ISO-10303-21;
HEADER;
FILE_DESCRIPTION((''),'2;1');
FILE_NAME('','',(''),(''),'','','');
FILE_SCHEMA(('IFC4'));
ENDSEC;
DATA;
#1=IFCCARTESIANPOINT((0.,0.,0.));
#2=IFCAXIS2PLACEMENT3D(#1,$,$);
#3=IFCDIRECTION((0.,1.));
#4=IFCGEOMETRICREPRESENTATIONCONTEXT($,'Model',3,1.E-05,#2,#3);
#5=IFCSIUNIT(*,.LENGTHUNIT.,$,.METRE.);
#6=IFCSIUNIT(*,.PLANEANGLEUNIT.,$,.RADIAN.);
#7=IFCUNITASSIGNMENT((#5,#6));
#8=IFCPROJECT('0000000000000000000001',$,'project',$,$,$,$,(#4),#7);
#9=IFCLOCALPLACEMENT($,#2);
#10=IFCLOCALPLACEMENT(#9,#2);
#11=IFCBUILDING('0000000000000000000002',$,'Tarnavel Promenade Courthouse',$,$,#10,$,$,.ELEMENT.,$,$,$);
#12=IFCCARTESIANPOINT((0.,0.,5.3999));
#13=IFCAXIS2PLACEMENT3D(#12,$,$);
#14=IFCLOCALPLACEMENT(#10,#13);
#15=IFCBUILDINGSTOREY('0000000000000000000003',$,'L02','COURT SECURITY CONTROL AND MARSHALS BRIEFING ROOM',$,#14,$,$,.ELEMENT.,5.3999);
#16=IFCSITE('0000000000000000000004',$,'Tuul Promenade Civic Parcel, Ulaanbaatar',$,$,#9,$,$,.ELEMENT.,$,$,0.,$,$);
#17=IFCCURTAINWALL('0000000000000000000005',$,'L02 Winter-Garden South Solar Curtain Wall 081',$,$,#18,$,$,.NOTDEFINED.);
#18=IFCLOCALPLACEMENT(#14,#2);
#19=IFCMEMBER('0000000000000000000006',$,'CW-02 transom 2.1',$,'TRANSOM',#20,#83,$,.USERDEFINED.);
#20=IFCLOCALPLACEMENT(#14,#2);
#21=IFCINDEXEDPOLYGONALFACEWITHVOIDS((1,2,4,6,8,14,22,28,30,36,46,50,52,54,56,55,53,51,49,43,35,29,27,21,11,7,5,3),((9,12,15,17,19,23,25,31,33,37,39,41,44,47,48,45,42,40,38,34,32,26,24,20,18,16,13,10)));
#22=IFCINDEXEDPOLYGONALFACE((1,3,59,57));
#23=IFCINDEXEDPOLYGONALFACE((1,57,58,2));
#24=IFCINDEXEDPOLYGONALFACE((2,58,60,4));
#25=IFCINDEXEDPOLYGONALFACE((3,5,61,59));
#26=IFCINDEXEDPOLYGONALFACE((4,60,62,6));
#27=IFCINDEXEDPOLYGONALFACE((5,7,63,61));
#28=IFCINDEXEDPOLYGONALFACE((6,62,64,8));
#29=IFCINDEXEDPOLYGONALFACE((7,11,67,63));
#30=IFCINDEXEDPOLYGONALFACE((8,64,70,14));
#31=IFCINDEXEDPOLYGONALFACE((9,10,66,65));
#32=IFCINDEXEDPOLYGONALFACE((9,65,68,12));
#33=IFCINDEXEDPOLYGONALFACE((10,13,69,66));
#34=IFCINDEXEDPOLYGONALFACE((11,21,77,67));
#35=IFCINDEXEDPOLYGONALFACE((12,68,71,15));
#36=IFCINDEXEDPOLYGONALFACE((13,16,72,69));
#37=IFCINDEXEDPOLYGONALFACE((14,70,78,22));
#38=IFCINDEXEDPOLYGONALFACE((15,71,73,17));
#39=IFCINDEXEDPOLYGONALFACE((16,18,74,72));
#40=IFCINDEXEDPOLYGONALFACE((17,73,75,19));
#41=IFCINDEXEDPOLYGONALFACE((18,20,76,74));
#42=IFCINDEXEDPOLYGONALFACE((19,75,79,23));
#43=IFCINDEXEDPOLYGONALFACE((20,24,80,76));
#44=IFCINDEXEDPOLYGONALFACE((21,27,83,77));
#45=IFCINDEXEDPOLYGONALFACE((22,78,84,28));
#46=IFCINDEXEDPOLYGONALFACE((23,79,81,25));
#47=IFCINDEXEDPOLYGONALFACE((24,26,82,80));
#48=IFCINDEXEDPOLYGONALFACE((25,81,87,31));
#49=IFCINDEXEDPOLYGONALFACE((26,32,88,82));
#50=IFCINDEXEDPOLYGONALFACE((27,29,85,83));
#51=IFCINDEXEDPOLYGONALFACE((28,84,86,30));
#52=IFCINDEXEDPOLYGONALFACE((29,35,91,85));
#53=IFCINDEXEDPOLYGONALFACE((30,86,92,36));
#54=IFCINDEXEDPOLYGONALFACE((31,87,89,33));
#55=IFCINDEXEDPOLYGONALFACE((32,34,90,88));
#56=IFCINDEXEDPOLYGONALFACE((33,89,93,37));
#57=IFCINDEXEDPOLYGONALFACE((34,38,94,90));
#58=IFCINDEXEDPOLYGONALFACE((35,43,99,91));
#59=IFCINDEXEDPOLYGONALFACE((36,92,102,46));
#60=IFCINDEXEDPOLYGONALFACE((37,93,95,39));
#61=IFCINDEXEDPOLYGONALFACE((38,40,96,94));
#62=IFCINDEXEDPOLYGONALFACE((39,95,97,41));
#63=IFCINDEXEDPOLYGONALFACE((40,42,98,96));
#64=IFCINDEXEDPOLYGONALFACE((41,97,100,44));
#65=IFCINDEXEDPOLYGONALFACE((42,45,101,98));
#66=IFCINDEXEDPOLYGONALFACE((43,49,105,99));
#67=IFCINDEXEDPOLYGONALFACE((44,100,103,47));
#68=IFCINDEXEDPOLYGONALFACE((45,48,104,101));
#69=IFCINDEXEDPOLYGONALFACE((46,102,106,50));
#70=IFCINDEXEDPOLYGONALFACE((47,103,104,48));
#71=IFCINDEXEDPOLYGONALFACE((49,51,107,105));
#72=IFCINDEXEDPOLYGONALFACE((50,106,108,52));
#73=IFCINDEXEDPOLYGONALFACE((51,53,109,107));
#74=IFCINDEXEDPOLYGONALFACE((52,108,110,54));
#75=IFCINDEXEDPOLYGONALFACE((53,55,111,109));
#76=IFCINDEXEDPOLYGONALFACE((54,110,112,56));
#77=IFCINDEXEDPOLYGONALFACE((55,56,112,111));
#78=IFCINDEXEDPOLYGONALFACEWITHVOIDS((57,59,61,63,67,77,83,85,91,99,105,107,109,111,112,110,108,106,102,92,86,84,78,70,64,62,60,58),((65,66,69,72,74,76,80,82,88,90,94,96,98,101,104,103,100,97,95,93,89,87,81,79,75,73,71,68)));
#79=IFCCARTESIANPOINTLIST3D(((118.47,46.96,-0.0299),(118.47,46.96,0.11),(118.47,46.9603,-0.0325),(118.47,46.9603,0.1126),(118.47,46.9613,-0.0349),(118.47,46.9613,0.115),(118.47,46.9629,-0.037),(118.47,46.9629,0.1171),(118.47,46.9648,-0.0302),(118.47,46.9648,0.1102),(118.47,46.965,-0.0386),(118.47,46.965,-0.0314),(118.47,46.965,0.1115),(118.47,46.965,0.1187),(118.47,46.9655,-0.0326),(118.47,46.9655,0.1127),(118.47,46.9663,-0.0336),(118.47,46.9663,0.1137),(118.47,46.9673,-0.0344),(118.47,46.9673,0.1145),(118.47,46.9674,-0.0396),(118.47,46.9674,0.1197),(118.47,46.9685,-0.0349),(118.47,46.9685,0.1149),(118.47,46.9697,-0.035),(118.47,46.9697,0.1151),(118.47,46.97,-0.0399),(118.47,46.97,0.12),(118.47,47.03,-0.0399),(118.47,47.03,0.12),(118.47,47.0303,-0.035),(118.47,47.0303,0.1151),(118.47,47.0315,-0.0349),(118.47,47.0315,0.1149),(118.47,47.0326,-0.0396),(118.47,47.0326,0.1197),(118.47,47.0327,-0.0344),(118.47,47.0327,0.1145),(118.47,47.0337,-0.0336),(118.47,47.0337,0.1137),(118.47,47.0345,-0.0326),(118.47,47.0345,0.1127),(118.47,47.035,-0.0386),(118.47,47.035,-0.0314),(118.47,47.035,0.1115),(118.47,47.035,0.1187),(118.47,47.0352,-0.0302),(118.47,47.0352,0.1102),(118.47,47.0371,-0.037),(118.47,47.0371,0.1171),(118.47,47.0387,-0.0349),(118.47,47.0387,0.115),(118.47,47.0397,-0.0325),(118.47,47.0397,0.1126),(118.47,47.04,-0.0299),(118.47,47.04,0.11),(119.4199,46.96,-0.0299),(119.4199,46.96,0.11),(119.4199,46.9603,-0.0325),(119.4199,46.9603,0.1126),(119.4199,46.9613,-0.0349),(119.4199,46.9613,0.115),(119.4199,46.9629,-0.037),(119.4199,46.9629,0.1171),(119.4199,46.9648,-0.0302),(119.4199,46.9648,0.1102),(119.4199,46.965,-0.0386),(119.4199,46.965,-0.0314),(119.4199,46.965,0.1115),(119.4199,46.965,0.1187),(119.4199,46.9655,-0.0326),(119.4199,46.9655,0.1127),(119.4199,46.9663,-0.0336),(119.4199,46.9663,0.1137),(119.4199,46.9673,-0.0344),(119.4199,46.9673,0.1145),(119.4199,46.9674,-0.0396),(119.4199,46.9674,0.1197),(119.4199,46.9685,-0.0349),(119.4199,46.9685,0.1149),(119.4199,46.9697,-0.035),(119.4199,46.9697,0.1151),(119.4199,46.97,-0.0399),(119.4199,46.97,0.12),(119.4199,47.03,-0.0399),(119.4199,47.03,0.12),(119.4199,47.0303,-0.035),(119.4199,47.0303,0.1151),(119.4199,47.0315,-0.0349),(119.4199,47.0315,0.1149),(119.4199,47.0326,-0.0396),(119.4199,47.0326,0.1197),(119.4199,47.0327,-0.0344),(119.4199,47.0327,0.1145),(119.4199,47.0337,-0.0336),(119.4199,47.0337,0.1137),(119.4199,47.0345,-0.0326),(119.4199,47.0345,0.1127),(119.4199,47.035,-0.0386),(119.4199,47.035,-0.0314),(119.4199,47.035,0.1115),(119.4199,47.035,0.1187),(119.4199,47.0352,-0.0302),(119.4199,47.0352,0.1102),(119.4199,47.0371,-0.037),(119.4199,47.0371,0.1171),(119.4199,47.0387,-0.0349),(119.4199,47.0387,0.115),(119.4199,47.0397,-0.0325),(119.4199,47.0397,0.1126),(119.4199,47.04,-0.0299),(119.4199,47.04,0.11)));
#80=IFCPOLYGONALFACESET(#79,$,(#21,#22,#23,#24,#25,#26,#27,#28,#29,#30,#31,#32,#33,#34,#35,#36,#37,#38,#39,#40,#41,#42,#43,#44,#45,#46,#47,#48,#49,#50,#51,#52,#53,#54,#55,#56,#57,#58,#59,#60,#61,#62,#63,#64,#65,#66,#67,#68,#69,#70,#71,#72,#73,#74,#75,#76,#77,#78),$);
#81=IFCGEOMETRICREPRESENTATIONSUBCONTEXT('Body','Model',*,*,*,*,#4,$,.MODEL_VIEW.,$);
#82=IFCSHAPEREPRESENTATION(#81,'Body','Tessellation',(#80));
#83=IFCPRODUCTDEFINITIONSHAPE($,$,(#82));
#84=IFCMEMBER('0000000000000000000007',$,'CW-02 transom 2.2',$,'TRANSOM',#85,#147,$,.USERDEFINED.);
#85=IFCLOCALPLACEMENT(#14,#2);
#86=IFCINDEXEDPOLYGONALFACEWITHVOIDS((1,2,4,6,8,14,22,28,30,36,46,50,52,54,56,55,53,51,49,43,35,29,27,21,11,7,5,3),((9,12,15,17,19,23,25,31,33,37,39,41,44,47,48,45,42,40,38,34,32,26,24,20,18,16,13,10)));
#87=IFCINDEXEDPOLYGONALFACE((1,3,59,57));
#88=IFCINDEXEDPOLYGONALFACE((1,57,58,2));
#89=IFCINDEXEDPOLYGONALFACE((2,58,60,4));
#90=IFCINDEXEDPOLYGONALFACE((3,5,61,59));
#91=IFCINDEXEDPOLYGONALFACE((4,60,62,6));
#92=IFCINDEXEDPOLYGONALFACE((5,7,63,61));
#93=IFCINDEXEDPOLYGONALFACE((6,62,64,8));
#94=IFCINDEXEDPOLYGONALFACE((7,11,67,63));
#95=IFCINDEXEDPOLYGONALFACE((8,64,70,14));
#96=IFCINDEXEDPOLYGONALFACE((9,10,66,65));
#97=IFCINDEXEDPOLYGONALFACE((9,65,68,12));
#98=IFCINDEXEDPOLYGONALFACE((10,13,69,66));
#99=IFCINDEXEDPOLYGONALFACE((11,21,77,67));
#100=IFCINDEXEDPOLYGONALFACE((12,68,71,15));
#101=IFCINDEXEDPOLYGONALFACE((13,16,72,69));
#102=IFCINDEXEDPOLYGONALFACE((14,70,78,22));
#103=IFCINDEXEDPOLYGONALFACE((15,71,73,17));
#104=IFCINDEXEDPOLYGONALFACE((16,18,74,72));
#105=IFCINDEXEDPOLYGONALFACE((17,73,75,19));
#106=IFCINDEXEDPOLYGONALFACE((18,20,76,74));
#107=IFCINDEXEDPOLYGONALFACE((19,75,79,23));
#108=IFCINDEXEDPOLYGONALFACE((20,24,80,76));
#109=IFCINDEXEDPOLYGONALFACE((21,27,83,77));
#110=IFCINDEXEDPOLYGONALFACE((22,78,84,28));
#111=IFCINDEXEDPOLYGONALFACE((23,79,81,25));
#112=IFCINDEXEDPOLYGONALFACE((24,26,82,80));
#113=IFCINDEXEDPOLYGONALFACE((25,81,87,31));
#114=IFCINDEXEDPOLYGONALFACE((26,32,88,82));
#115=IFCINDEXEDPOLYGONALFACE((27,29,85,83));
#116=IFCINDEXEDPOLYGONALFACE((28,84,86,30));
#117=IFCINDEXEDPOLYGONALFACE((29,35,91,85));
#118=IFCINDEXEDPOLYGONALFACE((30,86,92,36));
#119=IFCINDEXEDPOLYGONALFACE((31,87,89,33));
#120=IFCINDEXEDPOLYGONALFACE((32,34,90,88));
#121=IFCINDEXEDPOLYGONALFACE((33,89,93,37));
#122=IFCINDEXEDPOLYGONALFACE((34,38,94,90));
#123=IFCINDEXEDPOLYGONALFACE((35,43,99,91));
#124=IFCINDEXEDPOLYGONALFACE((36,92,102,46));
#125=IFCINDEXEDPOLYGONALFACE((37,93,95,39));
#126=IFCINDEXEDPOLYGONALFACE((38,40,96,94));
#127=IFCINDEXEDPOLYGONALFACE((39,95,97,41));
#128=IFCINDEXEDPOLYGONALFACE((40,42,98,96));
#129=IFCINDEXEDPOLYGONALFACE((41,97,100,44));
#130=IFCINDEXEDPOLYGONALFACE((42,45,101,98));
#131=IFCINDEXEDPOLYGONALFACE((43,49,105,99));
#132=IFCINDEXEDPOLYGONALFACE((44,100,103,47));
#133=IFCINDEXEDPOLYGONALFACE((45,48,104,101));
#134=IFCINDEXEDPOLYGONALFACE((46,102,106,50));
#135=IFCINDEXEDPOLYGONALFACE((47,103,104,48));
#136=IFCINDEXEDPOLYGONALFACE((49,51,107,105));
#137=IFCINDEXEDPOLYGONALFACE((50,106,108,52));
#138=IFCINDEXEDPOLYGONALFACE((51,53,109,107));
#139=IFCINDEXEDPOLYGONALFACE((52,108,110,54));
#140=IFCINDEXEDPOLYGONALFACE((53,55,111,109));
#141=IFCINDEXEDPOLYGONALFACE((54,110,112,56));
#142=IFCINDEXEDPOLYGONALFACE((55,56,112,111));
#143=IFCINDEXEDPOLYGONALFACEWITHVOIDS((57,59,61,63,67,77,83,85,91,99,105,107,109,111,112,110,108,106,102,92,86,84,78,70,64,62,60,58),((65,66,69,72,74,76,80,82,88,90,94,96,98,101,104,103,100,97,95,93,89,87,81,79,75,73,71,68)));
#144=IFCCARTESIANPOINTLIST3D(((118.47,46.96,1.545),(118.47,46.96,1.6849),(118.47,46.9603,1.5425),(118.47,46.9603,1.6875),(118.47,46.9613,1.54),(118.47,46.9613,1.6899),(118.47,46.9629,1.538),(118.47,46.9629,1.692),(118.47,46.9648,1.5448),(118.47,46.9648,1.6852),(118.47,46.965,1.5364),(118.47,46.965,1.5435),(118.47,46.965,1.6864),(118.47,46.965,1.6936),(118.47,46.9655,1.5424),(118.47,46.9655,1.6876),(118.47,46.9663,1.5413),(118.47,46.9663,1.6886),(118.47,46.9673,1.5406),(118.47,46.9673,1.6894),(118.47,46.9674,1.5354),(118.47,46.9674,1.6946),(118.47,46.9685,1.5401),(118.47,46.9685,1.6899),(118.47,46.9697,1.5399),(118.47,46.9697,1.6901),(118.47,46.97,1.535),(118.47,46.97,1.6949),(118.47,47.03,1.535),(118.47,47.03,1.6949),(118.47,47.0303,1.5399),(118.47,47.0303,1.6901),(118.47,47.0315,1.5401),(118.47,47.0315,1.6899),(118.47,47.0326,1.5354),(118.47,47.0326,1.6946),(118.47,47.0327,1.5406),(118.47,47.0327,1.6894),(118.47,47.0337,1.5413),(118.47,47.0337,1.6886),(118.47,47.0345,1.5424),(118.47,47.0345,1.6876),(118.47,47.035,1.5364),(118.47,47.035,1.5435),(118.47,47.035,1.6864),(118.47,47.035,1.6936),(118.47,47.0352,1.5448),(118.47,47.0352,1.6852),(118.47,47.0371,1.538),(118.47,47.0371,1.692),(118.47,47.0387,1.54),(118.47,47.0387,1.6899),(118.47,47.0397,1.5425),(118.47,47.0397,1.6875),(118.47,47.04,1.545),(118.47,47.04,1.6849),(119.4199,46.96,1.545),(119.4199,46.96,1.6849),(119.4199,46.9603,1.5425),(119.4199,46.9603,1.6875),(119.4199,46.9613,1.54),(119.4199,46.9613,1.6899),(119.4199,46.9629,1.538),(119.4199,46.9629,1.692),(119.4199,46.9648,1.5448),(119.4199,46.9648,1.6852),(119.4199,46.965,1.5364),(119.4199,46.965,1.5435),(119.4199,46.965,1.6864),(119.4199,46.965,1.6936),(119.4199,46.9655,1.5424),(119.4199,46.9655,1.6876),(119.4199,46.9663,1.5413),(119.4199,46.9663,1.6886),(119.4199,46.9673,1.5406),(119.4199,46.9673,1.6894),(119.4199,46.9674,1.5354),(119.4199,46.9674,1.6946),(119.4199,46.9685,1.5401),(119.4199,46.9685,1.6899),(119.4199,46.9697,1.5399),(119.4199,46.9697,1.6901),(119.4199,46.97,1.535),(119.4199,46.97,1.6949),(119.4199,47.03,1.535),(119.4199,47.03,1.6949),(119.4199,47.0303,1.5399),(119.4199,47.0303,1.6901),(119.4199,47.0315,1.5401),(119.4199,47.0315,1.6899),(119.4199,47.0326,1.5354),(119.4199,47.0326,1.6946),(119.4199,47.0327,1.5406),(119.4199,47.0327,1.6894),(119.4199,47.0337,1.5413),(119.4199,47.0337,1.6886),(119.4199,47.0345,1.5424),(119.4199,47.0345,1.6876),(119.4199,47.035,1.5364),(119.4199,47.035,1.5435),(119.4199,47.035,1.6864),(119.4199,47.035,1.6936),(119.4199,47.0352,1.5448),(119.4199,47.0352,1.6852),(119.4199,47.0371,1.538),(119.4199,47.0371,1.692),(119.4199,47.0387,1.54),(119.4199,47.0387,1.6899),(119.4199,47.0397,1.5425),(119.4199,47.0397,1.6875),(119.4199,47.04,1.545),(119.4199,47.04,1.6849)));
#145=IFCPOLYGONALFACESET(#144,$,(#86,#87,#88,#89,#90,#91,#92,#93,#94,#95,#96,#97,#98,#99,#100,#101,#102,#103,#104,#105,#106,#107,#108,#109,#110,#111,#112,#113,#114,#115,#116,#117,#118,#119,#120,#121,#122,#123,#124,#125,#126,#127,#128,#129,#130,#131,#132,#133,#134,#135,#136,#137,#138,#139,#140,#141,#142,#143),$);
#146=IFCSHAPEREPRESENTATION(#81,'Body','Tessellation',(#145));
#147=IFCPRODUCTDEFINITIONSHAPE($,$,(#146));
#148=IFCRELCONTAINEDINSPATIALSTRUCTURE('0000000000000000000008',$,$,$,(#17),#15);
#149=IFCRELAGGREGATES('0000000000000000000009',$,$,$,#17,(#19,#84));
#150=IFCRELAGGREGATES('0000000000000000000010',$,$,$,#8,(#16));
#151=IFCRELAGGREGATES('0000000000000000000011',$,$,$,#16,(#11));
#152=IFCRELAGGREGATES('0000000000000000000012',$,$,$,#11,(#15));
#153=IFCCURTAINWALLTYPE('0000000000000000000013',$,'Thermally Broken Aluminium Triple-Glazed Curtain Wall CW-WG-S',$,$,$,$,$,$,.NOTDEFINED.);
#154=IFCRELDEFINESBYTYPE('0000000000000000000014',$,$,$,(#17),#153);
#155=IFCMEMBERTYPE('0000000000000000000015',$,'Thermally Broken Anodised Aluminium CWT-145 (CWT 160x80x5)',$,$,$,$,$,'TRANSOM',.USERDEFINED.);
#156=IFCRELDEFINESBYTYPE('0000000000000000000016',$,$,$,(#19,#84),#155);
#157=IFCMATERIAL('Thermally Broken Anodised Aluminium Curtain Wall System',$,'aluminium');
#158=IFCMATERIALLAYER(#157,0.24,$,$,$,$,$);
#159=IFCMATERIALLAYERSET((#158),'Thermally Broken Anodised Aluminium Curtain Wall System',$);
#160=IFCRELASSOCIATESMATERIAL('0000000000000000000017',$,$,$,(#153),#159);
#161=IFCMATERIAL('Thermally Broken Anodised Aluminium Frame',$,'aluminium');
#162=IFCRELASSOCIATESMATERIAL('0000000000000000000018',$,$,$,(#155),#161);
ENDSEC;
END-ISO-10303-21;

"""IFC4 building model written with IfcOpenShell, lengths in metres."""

from ifc_helpers import new_model, si_unit, direction, frame, origin, origin_2d, place, context, subcontext, project, spatial, hollow_rectangle, extrude, material, layer, layer_set, material_profile, profile_set, type_object, element, aggregate, save


model = new_model("IFC4")

# Units and contexts
model_context = context("Model", 3, precision=1e-05, world=origin(), true_north=direction((0.0, 1.0)))
body_context = subcontext(model_context, "Body", "Model", "MODEL_VIEW")
ifc_project = project(units=[si_unit("LENGTHUNIT", "METRE"), si_unit("PLANEANGLEUNIT", "RADIAN")], contexts=[model_context])

# Site, building, storey
site_placement = place(None, origin())
site = spatial("IfcSite", under=ifc_project, at=site_placement, Name="Tuul Promenade Civic Parcel, Ulaanbaatar", CompositionType="ELEMENT", RefElevation=0.0)
building_placement = place(site_placement, origin())
building = spatial("IfcBuilding", under=site, at=building_placement, Name="Tarnavel Promenade Courthouse", CompositionType="ELEMENT")
storey_placement = place(building_placement, frame((0.0, 0.0, 5.3999)))
storey = spatial("IfcBuildingStorey", under=building, at=storey_placement, Name="L02", Description="COURT SECURITY CONTROL AND MARSHALS BRIEFING ROOM", CompositionType="ELEMENT", Elevation=5.3999)

# Curtain wall
ifc_material_1 = material(Name="Thermally Broken Anodised Aluminium Curtain Wall System", Category="aluminium")
ifc_layer_1 = layer(ifc_material_1, 0.24)
ifc_layer_set_1 = layer_set([ifc_layer_1], Name="Thermally Broken Anodised Aluminium Curtain Wall System")
curtain_wall_type = type_object("IfcCurtainWallType", Name="Thermally Broken Aluminium Triple-Glazed Curtain Wall CW-WG-S", PredefinedType="NOTDEFINED", material=ifc_layer_set_1)
ifc_material_2 = material(Name="Thermally Broken Anodised Aluminium Frame", Category="aluminium")
curtain_wall_1_placement = place(storey_placement, origin())
curtain_wall_1 = element("IfcCurtainWall", 1, at=curtain_wall_1_placement, inside=storey, type_object=curtain_wall_type, Name="L02 Winter-Garden South Solar Curtain Wall 081", PredefinedType="NOTDEFINED")

# Members
ifc_material_profile_1 = material_profile(ifc_material_2, hollow_rectangle(XDim=0.0801, YDim=0.1599, WallThickness=0.0049, InnerFilletRadius=0.0049, OuterFilletRadius=0.01, at=origin_2d()), Name="CWT 160x80x5")
ifc_profile_set_1 = profile_set([ifc_material_profile_1], Name="Thermally Broken Anodised Aluminium Frame")
member_type_1 = type_object("IfcMemberType", Name="Thermally Broken Anodised Aluminium CWT-145 (CWT 160x80x5)", ElementType="TRANSOM", PredefinedType="USERDEFINED", material=ifc_profile_set_1)
member_1_placement = place(storey_placement, frame((118.47, 47.0, 0.04), z_axis=(1.0, 0.0, 0.0), x_axis=(0.0, 1.0, 0.0)))
member_1 = element("IfcMember", 2, at=member_1_placement, type_object=member_type_1, Name="CW-02 transom 2.1", ObjectType="TRANSOM", PredefinedType="USERDEFINED", context=body_context, shape_type="SweptSolid", body=[
    extrude(hollow_rectangle(XDim=0.0801, YDim=0.1599, WallThickness=0.0049, InnerFilletRadius=0.0049, OuterFilletRadius=0.01, at=origin_2d()), origin(), (0.0, 0.0, 1.0), 0.95),
])
member_2_placement = place(storey_placement, frame((118.47, 47.0, 1.615), z_axis=(1.0, 0.0, 0.0), x_axis=(0.0, 1.0, 0.0)))
member_2 = element("IfcMember", 3, at=member_2_placement, type_object=member_type_1, Name="CW-02 transom 2.2", ObjectType="TRANSOM", PredefinedType="USERDEFINED", context=body_context, shape_type="SweptSolid", body=[
    extrude(hollow_rectangle(XDim=0.0801, YDim=0.1599, WallThickness=0.0049, InnerFilletRadius=0.0049, OuterFilletRadius=0.01, at=origin_2d()), origin(), (0.0, 0.0, 1.0), 0.95),
])

aggregate(curtain_wall_1, [member_1, member_2])

save(model, "model.ifc")
